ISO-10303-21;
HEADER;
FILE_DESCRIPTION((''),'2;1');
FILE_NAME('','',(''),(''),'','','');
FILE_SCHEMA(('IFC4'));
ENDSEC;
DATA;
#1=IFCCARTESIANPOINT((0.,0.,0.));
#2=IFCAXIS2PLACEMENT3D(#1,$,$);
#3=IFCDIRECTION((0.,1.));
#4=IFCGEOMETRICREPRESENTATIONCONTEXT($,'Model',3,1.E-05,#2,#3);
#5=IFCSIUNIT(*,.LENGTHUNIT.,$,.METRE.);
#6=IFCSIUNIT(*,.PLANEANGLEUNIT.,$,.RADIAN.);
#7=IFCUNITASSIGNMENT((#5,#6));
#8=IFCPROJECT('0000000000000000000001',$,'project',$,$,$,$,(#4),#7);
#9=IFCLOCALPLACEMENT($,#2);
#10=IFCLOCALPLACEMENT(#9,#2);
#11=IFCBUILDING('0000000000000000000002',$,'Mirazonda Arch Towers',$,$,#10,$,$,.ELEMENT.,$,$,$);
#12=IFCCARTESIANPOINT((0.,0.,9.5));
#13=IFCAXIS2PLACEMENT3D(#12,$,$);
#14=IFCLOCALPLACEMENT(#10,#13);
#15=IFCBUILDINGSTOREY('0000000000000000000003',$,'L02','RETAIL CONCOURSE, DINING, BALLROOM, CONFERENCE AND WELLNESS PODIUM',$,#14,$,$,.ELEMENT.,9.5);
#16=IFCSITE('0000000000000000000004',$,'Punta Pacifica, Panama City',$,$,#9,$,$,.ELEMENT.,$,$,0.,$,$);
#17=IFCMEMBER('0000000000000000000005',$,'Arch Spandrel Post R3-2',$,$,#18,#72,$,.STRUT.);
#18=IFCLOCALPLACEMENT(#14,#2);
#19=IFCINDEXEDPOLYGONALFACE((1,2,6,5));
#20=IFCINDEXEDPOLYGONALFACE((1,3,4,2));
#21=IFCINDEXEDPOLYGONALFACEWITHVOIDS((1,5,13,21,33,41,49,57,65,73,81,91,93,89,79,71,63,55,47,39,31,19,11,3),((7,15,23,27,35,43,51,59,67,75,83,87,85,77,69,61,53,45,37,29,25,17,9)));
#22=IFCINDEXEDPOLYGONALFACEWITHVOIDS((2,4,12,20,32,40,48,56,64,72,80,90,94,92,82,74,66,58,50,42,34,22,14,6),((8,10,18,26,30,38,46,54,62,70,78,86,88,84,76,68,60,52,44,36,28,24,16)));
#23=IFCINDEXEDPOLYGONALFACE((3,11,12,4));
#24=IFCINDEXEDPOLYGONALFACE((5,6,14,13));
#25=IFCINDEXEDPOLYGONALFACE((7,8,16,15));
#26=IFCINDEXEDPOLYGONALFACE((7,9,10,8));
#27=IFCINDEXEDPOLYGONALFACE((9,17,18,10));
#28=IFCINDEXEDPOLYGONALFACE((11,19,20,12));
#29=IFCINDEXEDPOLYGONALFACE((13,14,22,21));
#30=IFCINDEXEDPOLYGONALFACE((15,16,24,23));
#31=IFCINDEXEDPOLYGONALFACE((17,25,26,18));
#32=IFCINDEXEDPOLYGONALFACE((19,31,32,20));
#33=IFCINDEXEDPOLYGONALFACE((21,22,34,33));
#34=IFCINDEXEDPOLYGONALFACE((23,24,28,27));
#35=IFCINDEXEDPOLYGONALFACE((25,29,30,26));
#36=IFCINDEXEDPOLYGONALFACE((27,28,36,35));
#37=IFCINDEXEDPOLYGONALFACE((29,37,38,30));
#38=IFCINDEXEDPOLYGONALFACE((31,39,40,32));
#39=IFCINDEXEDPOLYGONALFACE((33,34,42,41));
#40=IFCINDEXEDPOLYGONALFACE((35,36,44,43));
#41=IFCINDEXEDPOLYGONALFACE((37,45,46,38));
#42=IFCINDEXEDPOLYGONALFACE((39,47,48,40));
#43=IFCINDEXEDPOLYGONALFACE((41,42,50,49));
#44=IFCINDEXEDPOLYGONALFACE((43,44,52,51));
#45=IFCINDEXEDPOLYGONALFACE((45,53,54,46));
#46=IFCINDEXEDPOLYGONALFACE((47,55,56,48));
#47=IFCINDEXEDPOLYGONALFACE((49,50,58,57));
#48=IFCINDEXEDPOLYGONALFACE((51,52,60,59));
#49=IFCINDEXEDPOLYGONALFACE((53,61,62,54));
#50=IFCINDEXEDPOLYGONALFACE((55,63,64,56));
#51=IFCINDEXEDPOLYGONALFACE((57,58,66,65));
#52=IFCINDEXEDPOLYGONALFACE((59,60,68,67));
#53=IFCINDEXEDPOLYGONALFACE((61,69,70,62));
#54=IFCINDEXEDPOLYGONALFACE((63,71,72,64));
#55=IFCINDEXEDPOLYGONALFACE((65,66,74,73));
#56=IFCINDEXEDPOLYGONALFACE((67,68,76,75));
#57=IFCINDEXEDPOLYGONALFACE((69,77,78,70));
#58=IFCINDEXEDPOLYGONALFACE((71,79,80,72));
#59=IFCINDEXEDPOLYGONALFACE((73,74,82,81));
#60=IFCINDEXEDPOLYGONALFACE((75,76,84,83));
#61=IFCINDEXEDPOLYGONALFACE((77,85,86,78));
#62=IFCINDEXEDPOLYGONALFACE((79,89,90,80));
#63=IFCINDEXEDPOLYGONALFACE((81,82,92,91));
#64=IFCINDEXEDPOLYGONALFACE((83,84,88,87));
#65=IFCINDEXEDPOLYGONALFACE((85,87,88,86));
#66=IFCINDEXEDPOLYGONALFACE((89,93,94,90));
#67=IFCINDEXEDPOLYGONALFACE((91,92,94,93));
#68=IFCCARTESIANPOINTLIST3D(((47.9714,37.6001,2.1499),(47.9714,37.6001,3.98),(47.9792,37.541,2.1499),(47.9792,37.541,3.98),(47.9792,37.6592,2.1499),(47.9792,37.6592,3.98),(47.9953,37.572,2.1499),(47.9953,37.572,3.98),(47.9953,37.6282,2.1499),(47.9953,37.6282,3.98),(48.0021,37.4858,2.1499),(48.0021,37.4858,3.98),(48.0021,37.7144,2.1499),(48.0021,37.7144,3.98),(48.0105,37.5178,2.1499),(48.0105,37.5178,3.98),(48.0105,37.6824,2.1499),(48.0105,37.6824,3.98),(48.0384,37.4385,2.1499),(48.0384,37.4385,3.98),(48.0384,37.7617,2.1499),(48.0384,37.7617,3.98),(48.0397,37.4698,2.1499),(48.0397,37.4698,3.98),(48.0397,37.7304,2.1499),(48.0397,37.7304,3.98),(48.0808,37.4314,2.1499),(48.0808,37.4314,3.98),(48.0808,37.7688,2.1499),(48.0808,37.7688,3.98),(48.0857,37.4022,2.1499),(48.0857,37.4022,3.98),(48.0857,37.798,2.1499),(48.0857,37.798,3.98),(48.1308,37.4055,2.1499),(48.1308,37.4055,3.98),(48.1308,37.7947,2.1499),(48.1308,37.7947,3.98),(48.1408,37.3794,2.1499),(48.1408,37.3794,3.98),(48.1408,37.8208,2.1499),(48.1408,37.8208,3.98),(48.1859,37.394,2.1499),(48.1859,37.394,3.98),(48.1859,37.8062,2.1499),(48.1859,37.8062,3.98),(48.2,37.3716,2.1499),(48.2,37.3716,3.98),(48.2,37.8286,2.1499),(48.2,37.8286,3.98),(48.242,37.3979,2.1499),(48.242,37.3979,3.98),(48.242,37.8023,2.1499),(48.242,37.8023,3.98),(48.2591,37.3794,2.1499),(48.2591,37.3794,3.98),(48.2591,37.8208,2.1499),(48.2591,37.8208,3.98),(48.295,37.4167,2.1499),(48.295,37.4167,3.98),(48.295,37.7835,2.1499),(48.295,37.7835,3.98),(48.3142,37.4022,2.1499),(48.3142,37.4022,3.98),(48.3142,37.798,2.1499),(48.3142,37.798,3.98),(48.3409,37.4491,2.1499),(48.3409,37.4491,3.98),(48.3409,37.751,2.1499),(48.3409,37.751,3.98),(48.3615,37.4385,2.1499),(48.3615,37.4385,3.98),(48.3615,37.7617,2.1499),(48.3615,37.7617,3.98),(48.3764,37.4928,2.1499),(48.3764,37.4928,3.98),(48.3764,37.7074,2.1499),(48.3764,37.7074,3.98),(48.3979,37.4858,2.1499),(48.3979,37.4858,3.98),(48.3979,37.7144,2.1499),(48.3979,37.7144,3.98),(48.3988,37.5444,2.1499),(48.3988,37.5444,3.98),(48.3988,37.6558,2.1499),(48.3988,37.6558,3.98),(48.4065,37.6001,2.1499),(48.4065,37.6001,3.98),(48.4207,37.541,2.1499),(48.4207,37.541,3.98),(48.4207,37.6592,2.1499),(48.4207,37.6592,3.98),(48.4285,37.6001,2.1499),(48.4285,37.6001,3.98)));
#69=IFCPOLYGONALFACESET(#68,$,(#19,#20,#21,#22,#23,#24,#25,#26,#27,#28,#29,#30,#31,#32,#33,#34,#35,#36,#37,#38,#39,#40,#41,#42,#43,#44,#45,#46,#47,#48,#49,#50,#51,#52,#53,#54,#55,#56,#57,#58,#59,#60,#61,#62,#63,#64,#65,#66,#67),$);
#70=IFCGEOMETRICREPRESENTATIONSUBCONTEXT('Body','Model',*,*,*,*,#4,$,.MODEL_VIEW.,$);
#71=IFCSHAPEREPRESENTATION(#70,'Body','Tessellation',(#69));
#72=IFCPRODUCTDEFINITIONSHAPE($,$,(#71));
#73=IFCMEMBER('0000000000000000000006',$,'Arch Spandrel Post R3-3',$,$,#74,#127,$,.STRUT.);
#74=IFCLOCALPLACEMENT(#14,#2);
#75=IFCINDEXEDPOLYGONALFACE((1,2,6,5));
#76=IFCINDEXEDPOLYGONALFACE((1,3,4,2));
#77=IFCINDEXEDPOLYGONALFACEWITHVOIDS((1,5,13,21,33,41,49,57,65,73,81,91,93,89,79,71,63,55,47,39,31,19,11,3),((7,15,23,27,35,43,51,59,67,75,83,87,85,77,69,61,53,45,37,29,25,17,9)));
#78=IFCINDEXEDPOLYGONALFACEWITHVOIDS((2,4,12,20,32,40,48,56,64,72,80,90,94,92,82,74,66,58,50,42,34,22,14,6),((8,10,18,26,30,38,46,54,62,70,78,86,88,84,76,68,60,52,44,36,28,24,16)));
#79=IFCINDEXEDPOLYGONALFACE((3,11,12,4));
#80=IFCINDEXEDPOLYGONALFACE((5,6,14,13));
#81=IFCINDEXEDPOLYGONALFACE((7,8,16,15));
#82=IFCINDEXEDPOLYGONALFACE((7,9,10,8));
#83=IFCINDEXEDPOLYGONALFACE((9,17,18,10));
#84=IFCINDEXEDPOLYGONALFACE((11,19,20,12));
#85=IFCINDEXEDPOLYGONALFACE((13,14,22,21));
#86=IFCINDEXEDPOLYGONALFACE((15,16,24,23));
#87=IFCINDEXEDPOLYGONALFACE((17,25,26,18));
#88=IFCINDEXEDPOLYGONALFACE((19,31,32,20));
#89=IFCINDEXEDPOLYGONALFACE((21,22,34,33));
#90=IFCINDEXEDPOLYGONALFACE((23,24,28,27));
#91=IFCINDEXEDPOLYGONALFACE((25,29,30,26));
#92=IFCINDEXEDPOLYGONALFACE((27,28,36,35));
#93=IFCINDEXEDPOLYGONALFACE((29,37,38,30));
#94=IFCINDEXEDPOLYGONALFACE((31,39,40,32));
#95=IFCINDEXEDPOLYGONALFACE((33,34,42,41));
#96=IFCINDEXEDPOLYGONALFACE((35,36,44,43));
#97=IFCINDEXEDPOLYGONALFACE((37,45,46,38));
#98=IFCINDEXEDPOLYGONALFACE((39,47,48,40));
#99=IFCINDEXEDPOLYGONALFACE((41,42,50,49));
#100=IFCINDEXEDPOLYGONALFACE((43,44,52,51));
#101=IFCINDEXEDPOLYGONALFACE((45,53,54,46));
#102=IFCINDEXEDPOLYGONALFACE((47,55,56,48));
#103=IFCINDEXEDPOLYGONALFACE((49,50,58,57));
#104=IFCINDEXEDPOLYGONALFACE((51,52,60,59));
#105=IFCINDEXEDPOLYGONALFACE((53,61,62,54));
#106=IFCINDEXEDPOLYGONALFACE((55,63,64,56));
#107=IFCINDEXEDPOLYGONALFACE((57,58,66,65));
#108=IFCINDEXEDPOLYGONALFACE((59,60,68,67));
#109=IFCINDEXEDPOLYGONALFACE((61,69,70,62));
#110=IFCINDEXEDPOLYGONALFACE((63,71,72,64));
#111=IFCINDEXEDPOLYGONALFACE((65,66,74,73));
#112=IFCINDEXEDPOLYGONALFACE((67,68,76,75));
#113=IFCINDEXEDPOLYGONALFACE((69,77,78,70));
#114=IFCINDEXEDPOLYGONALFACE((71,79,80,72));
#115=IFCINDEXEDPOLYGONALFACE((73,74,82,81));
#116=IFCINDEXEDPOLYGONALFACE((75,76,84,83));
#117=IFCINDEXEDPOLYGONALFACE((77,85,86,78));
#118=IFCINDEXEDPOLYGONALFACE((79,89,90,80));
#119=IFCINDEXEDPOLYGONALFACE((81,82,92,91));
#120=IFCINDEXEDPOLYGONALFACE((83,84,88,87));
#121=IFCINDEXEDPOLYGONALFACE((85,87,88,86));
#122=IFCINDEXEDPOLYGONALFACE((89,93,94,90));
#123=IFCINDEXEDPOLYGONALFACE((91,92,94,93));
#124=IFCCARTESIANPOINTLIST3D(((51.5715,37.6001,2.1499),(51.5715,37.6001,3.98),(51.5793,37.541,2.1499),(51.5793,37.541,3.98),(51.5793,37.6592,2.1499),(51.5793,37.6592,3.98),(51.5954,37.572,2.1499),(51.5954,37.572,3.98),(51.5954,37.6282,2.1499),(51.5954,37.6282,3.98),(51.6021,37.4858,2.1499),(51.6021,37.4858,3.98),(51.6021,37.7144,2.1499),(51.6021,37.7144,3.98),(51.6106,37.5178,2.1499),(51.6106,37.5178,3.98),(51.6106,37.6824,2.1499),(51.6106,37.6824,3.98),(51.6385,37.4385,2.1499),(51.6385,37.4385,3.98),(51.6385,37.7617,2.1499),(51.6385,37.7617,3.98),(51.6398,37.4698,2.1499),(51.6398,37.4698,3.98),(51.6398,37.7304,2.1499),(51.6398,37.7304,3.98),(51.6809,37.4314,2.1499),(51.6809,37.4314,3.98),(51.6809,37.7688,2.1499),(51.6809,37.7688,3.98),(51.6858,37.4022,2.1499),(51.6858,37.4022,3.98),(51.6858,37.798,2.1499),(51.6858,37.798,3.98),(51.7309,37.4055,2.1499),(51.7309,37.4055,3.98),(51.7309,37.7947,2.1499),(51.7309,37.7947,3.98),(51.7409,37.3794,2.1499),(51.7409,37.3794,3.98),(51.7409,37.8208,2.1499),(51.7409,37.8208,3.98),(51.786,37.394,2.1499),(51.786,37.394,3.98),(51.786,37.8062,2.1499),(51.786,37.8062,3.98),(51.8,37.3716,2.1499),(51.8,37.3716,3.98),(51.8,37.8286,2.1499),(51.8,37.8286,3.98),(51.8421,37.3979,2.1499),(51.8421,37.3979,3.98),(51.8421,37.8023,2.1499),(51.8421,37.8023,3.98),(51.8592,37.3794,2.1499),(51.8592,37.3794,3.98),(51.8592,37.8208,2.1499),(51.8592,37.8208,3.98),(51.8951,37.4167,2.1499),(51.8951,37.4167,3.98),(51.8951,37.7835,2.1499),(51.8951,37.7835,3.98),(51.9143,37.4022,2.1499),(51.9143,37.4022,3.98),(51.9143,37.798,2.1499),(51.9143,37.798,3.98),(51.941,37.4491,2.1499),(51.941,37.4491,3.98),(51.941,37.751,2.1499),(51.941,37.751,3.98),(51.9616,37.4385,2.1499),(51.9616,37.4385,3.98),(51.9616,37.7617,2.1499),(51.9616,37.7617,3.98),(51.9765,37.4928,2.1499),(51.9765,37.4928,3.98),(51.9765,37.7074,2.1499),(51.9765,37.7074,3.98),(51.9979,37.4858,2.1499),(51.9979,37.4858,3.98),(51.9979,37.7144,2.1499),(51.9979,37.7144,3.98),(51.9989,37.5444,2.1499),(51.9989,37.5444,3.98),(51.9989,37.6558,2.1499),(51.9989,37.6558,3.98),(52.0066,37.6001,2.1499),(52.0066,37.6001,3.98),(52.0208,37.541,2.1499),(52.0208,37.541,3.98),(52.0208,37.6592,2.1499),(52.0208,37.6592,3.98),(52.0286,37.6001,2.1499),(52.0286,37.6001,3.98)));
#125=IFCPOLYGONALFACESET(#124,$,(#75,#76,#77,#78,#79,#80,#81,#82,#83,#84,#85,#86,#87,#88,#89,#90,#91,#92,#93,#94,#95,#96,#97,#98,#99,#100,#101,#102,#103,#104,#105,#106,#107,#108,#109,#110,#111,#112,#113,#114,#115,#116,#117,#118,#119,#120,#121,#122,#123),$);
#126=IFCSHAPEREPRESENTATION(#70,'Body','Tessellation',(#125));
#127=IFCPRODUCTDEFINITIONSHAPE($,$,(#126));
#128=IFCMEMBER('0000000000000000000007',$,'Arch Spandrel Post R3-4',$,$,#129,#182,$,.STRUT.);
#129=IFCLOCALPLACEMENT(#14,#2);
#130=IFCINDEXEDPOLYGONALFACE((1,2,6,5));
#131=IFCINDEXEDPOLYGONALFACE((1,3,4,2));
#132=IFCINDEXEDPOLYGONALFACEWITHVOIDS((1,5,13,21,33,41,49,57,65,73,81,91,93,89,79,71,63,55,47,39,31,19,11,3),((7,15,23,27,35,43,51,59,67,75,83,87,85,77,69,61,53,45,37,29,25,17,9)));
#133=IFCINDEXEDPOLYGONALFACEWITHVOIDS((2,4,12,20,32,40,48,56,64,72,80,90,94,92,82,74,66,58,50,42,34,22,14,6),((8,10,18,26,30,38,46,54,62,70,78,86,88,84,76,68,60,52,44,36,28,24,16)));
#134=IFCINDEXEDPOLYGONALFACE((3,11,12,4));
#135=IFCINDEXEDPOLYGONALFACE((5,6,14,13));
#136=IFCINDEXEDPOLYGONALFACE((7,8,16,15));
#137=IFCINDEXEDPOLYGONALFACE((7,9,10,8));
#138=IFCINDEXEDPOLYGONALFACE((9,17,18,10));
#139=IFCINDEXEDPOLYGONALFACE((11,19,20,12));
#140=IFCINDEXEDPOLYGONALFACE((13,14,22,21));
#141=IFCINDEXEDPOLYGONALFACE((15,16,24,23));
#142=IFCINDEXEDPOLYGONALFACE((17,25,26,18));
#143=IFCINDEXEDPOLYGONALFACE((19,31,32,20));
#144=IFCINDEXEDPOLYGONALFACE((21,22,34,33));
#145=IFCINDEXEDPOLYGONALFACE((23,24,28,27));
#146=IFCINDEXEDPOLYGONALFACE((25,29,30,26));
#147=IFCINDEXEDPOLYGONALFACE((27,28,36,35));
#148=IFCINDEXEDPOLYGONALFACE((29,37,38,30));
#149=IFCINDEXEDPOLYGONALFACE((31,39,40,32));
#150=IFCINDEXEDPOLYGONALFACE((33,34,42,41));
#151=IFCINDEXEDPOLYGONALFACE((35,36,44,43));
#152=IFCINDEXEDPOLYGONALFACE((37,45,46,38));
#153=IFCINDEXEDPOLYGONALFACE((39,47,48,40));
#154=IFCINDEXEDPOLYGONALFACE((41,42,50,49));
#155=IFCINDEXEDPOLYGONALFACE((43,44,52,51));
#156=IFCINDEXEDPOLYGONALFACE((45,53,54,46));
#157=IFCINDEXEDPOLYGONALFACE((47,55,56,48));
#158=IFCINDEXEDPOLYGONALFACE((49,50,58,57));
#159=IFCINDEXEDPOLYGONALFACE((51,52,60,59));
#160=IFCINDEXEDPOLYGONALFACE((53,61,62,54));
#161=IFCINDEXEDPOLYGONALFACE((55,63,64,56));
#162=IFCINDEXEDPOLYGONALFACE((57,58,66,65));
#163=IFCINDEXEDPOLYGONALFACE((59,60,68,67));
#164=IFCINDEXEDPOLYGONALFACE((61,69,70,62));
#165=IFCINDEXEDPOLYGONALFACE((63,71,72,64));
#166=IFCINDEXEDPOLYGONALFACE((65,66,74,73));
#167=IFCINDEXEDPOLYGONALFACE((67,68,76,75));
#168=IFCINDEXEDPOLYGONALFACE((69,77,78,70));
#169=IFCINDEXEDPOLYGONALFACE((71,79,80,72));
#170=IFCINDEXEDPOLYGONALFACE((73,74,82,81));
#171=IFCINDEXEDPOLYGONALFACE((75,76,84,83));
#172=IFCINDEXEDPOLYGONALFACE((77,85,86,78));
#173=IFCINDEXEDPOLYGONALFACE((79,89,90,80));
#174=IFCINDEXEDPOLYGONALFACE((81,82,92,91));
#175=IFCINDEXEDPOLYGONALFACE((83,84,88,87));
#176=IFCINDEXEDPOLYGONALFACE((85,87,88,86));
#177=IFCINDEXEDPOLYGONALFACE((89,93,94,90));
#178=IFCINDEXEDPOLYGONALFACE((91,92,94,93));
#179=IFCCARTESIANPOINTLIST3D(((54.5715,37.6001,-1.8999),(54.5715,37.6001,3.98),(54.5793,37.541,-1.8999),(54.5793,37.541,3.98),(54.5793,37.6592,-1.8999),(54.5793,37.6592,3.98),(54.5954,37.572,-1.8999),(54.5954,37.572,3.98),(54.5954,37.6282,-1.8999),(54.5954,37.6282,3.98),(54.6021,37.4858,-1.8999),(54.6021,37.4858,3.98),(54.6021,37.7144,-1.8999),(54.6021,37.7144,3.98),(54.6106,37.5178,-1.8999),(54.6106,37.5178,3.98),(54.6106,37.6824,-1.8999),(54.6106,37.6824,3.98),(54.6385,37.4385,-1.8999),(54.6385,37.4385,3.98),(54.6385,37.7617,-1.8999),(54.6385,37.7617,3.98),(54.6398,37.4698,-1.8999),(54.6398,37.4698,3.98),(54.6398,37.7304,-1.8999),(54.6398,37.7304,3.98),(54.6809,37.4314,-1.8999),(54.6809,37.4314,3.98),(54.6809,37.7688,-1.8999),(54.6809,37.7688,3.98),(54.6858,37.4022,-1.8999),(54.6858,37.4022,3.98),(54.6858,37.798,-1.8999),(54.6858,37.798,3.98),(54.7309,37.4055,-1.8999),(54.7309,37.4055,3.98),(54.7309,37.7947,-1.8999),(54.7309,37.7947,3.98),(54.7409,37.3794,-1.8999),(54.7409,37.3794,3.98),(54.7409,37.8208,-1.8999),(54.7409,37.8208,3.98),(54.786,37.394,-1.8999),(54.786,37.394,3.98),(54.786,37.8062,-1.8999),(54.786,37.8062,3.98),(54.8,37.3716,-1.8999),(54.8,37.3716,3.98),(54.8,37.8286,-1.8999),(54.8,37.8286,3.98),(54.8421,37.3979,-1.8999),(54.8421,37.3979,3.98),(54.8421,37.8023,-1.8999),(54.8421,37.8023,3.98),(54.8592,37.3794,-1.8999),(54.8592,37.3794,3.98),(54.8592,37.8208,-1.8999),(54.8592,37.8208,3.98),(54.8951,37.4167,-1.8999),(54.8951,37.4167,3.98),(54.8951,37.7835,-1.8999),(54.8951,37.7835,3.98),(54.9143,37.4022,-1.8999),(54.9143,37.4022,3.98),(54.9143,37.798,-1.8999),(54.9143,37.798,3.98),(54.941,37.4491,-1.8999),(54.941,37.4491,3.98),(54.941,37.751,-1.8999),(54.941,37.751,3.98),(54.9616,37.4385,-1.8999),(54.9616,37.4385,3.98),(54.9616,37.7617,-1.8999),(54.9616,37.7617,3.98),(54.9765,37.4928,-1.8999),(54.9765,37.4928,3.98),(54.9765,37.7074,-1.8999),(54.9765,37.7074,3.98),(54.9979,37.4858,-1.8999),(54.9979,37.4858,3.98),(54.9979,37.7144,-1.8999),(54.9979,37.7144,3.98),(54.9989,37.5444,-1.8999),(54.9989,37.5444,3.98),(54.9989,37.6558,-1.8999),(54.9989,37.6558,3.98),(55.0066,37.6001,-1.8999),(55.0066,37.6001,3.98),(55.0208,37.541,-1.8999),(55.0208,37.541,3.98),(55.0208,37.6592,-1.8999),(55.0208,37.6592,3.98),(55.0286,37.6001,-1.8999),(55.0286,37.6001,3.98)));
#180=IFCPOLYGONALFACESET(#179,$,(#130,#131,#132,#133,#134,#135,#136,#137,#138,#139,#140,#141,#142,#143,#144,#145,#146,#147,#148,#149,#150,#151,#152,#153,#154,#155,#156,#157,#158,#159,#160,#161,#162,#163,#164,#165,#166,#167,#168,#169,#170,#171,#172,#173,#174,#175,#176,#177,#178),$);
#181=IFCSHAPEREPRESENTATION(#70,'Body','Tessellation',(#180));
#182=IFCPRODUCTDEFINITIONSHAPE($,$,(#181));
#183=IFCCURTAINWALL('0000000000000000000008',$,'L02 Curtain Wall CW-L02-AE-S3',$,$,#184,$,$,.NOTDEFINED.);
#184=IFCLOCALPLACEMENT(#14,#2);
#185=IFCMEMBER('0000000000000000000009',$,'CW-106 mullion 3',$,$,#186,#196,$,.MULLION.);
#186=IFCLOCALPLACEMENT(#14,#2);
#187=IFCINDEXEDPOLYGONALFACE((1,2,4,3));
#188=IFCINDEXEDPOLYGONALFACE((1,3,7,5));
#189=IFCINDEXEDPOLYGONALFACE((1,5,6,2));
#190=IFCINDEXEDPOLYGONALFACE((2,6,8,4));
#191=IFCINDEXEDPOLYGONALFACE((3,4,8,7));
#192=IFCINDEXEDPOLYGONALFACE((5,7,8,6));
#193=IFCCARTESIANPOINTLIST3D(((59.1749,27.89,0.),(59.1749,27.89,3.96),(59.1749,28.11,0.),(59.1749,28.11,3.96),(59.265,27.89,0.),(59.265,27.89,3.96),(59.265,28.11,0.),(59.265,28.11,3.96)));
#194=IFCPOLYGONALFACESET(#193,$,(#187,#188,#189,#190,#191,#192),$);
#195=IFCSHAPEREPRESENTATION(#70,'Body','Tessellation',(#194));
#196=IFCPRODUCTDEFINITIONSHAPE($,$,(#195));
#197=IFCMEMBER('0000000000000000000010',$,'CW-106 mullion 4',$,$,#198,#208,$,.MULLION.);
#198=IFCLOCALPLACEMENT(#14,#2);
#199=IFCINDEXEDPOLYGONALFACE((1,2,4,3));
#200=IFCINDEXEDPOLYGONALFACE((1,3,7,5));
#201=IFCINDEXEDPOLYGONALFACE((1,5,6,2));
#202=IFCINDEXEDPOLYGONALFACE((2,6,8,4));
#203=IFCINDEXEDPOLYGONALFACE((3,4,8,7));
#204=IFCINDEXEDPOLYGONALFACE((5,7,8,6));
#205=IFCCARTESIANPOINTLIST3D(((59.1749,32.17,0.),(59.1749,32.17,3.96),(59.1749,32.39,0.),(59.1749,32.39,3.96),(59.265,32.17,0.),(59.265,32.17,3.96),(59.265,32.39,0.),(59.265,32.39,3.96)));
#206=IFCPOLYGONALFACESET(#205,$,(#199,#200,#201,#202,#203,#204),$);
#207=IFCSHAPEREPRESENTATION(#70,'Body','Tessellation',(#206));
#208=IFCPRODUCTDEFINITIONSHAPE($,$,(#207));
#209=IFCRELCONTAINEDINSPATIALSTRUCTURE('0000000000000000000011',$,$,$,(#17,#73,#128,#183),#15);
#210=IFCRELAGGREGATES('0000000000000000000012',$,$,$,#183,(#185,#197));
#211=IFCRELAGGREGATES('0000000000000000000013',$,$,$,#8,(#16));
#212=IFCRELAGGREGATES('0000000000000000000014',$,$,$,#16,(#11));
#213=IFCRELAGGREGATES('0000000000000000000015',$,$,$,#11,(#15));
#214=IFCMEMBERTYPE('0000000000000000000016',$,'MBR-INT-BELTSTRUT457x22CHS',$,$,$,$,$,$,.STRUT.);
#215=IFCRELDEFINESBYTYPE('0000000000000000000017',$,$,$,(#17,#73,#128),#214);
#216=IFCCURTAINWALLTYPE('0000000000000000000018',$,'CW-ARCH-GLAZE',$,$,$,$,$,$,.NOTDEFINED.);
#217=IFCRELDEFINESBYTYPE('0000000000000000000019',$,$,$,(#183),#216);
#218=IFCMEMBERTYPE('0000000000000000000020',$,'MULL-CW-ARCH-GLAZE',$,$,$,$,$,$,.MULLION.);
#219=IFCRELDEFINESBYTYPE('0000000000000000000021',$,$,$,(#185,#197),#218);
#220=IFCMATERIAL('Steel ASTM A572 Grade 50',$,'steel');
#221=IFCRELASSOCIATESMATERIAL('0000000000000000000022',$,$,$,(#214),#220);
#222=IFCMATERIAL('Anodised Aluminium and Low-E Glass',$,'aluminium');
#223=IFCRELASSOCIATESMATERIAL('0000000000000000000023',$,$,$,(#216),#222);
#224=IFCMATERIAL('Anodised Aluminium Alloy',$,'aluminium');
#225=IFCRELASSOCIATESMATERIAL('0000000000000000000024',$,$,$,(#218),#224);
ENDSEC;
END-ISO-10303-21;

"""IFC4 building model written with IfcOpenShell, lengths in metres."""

from ifc_helpers import new_model, si_unit, direction, frame, origin, origin_2d, place, context, subcontext, project, spatial, rectangle, hollow_circle, extrude, material, material_profile, profile_set, type_object, element, aggregate, save


model = new_model("IFC4")

# Units and contexts
model_context = context("Model", 3, precision=1e-05, world=origin(), true_north=direction((0.0, 1.0)))
body_context = subcontext(model_context, "Body", "Model", "MODEL_VIEW")
ifc_project = project(units=[si_unit("LENGTHUNIT", "METRE"), si_unit("PLANEANGLEUNIT", "RADIAN")], contexts=[model_context])

# Site, building, storey
site_placement = place(None, origin())
site = spatial("IfcSite", under=ifc_project, at=site_placement, Name="Punta Pacifica, Panama City", CompositionType="ELEMENT", RefElevation=0.0)
building_placement = place(site_placement, origin())
building = spatial("IfcBuilding", under=site, at=building_placement, Name="Mirazonda Arch Towers", CompositionType="ELEMENT")
storey_placement = place(building_placement, frame((0.0, 0.0, 9.5)))
storey = spatial("IfcBuildingStorey", under=building, at=storey_placement, Name="L02", Description="RETAIL CONCOURSE, DINING, BALLROOM, CONFERENCE AND WELLNESS PODIUM", CompositionType="ELEMENT", Elevation=9.5)

# Members
ifc_material_1 = material(Name="Steel ASTM A572 Grade 50", Category="steel")
ifc_material_profile_1 = material_profile(ifc_material_1, hollow_circle(Radius=0.2285, WallThickness=0.022, at=origin_2d()), Name="BELTSTRUT457x22CHS")
ifc_profile_set_1 = profile_set([ifc_material_profile_1], Name="Steel ASTM A572 Grade 50")
member_type_1 = type_object("IfcMemberType", Name="MBR-INT-BELTSTRUT457x22CHS", PredefinedType="STRUT", material=ifc_profile_set_1)
for number, where, z_axis, x_axis, name in (
    (1, (48.2, 37.6001, 2.1499), (0.0, 0.0, 1.0), (1.0, 0.0, 0.0), "Arch Spandrel Post R3-2"),
    (2, (51.8, 37.6001, 2.1499), (0.0, 0.0, 1.0), (1.0, 0.0, 0.0), "Arch Spandrel Post R3-3"),
):
    element("IfcMember", number, at=place(storey_placement, frame(where, z_axis=z_axis, x_axis=x_axis)), inside=storey, type_object=member_type_1, Name=name, PredefinedType="STRUT", context=body_context, shape_type="SweptSolid", body=[
        extrude(hollow_circle(Radius=0.2285, WallThickness=0.022, at=origin_2d()), origin(), (0.0, 0.0, 1.0), 1.8301),
    ])
member_1_placement = place(storey_placement, frame((54.8, 37.6001, -1.8999), z_axis=(0.0, 0.0, 1.0), x_axis=(1.0, 0.0, 0.0)))
element("IfcMember", 3, at=member_1_placement, inside=storey, type_object=member_type_1, Name="Arch Spandrel Post R3-4", PredefinedType="STRUT", context=body_context, shape_type="SweptSolid", body=[
    extrude(hollow_circle(Radius=0.2285, WallThickness=0.022, at=origin_2d()), origin(), (0.0, 0.0, 1.0), 5.8799),
])

# Curtain wall, members
ifc_material_2 = material(Name="Anodised Aluminium and Low-E Glass", Category="aluminium")
curtain_wall_type = type_object("IfcCurtainWallType", Name="CW-ARCH-GLAZE", PredefinedType="NOTDEFINED", material=ifc_material_2)
curtain_wall_placement = place(storey_placement, origin())
curtain_wall = element("IfcCurtainWall", 4, at=curtain_wall_placement, inside=storey, type_object=curtain_wall_type, Name="L02 Curtain Wall CW-L02-AE-S3", PredefinedType="NOTDEFINED")
ifc_material_3 = material(Name="Anodised Aluminium Alloy", Category="aluminium")
ifc_material_profile_2 = material_profile(ifc_material_3, rectangle(XDim=0.0901, YDim=0.22, at=origin_2d()), Name="ALU-MULL-90x220")
ifc_profile_set_2 = profile_set([ifc_material_profile_2], Name="Anodised Aluminium Alloy")
member_type_2 = type_object("IfcMemberType", Name="MULL-CW-ARCH-GLAZE", PredefinedType="MULLION", material=ifc_profile_set_2)
member_2_placement = place(storey_placement, frame((59.22, 28.0, 0.0), z_axis=(0.0, 0.0, 1.0), x_axis=(-1.0, 0.0, 0.0)))
member_2 = element("IfcMember", 5, at=member_2_placement, type_object=member_type_2, Name="CW-106 mullion 3", PredefinedType="MULLION", context=body_context, shape_type="SweptSolid", body=[
    extrude(rectangle(XDim=0.0901, YDim=0.22, at=origin_2d()), origin(), (0.0, 0.0, 1.0), 3.96),
])
member_3_placement = place(storey_placement, frame((59.22, 32.28, 0.0), z_axis=(0.0, 0.0, 1.0), x_axis=(-1.0, 0.0, 0.0)))
member_3 = element("IfcMember", 6, at=member_3_placement, type_object=member_type_2, Name="CW-106 mullion 4", PredefinedType="MULLION", context=body_context, shape_type="SweptSolid", body=[
    extrude(rectangle(XDim=0.0901, YDim=0.22, at=origin_2d()), origin(), (0.0, 0.0, 1.0), 3.96),
])
aggregate(curtain_wall, [member_2, member_3])

save(model, "model.ifc")
